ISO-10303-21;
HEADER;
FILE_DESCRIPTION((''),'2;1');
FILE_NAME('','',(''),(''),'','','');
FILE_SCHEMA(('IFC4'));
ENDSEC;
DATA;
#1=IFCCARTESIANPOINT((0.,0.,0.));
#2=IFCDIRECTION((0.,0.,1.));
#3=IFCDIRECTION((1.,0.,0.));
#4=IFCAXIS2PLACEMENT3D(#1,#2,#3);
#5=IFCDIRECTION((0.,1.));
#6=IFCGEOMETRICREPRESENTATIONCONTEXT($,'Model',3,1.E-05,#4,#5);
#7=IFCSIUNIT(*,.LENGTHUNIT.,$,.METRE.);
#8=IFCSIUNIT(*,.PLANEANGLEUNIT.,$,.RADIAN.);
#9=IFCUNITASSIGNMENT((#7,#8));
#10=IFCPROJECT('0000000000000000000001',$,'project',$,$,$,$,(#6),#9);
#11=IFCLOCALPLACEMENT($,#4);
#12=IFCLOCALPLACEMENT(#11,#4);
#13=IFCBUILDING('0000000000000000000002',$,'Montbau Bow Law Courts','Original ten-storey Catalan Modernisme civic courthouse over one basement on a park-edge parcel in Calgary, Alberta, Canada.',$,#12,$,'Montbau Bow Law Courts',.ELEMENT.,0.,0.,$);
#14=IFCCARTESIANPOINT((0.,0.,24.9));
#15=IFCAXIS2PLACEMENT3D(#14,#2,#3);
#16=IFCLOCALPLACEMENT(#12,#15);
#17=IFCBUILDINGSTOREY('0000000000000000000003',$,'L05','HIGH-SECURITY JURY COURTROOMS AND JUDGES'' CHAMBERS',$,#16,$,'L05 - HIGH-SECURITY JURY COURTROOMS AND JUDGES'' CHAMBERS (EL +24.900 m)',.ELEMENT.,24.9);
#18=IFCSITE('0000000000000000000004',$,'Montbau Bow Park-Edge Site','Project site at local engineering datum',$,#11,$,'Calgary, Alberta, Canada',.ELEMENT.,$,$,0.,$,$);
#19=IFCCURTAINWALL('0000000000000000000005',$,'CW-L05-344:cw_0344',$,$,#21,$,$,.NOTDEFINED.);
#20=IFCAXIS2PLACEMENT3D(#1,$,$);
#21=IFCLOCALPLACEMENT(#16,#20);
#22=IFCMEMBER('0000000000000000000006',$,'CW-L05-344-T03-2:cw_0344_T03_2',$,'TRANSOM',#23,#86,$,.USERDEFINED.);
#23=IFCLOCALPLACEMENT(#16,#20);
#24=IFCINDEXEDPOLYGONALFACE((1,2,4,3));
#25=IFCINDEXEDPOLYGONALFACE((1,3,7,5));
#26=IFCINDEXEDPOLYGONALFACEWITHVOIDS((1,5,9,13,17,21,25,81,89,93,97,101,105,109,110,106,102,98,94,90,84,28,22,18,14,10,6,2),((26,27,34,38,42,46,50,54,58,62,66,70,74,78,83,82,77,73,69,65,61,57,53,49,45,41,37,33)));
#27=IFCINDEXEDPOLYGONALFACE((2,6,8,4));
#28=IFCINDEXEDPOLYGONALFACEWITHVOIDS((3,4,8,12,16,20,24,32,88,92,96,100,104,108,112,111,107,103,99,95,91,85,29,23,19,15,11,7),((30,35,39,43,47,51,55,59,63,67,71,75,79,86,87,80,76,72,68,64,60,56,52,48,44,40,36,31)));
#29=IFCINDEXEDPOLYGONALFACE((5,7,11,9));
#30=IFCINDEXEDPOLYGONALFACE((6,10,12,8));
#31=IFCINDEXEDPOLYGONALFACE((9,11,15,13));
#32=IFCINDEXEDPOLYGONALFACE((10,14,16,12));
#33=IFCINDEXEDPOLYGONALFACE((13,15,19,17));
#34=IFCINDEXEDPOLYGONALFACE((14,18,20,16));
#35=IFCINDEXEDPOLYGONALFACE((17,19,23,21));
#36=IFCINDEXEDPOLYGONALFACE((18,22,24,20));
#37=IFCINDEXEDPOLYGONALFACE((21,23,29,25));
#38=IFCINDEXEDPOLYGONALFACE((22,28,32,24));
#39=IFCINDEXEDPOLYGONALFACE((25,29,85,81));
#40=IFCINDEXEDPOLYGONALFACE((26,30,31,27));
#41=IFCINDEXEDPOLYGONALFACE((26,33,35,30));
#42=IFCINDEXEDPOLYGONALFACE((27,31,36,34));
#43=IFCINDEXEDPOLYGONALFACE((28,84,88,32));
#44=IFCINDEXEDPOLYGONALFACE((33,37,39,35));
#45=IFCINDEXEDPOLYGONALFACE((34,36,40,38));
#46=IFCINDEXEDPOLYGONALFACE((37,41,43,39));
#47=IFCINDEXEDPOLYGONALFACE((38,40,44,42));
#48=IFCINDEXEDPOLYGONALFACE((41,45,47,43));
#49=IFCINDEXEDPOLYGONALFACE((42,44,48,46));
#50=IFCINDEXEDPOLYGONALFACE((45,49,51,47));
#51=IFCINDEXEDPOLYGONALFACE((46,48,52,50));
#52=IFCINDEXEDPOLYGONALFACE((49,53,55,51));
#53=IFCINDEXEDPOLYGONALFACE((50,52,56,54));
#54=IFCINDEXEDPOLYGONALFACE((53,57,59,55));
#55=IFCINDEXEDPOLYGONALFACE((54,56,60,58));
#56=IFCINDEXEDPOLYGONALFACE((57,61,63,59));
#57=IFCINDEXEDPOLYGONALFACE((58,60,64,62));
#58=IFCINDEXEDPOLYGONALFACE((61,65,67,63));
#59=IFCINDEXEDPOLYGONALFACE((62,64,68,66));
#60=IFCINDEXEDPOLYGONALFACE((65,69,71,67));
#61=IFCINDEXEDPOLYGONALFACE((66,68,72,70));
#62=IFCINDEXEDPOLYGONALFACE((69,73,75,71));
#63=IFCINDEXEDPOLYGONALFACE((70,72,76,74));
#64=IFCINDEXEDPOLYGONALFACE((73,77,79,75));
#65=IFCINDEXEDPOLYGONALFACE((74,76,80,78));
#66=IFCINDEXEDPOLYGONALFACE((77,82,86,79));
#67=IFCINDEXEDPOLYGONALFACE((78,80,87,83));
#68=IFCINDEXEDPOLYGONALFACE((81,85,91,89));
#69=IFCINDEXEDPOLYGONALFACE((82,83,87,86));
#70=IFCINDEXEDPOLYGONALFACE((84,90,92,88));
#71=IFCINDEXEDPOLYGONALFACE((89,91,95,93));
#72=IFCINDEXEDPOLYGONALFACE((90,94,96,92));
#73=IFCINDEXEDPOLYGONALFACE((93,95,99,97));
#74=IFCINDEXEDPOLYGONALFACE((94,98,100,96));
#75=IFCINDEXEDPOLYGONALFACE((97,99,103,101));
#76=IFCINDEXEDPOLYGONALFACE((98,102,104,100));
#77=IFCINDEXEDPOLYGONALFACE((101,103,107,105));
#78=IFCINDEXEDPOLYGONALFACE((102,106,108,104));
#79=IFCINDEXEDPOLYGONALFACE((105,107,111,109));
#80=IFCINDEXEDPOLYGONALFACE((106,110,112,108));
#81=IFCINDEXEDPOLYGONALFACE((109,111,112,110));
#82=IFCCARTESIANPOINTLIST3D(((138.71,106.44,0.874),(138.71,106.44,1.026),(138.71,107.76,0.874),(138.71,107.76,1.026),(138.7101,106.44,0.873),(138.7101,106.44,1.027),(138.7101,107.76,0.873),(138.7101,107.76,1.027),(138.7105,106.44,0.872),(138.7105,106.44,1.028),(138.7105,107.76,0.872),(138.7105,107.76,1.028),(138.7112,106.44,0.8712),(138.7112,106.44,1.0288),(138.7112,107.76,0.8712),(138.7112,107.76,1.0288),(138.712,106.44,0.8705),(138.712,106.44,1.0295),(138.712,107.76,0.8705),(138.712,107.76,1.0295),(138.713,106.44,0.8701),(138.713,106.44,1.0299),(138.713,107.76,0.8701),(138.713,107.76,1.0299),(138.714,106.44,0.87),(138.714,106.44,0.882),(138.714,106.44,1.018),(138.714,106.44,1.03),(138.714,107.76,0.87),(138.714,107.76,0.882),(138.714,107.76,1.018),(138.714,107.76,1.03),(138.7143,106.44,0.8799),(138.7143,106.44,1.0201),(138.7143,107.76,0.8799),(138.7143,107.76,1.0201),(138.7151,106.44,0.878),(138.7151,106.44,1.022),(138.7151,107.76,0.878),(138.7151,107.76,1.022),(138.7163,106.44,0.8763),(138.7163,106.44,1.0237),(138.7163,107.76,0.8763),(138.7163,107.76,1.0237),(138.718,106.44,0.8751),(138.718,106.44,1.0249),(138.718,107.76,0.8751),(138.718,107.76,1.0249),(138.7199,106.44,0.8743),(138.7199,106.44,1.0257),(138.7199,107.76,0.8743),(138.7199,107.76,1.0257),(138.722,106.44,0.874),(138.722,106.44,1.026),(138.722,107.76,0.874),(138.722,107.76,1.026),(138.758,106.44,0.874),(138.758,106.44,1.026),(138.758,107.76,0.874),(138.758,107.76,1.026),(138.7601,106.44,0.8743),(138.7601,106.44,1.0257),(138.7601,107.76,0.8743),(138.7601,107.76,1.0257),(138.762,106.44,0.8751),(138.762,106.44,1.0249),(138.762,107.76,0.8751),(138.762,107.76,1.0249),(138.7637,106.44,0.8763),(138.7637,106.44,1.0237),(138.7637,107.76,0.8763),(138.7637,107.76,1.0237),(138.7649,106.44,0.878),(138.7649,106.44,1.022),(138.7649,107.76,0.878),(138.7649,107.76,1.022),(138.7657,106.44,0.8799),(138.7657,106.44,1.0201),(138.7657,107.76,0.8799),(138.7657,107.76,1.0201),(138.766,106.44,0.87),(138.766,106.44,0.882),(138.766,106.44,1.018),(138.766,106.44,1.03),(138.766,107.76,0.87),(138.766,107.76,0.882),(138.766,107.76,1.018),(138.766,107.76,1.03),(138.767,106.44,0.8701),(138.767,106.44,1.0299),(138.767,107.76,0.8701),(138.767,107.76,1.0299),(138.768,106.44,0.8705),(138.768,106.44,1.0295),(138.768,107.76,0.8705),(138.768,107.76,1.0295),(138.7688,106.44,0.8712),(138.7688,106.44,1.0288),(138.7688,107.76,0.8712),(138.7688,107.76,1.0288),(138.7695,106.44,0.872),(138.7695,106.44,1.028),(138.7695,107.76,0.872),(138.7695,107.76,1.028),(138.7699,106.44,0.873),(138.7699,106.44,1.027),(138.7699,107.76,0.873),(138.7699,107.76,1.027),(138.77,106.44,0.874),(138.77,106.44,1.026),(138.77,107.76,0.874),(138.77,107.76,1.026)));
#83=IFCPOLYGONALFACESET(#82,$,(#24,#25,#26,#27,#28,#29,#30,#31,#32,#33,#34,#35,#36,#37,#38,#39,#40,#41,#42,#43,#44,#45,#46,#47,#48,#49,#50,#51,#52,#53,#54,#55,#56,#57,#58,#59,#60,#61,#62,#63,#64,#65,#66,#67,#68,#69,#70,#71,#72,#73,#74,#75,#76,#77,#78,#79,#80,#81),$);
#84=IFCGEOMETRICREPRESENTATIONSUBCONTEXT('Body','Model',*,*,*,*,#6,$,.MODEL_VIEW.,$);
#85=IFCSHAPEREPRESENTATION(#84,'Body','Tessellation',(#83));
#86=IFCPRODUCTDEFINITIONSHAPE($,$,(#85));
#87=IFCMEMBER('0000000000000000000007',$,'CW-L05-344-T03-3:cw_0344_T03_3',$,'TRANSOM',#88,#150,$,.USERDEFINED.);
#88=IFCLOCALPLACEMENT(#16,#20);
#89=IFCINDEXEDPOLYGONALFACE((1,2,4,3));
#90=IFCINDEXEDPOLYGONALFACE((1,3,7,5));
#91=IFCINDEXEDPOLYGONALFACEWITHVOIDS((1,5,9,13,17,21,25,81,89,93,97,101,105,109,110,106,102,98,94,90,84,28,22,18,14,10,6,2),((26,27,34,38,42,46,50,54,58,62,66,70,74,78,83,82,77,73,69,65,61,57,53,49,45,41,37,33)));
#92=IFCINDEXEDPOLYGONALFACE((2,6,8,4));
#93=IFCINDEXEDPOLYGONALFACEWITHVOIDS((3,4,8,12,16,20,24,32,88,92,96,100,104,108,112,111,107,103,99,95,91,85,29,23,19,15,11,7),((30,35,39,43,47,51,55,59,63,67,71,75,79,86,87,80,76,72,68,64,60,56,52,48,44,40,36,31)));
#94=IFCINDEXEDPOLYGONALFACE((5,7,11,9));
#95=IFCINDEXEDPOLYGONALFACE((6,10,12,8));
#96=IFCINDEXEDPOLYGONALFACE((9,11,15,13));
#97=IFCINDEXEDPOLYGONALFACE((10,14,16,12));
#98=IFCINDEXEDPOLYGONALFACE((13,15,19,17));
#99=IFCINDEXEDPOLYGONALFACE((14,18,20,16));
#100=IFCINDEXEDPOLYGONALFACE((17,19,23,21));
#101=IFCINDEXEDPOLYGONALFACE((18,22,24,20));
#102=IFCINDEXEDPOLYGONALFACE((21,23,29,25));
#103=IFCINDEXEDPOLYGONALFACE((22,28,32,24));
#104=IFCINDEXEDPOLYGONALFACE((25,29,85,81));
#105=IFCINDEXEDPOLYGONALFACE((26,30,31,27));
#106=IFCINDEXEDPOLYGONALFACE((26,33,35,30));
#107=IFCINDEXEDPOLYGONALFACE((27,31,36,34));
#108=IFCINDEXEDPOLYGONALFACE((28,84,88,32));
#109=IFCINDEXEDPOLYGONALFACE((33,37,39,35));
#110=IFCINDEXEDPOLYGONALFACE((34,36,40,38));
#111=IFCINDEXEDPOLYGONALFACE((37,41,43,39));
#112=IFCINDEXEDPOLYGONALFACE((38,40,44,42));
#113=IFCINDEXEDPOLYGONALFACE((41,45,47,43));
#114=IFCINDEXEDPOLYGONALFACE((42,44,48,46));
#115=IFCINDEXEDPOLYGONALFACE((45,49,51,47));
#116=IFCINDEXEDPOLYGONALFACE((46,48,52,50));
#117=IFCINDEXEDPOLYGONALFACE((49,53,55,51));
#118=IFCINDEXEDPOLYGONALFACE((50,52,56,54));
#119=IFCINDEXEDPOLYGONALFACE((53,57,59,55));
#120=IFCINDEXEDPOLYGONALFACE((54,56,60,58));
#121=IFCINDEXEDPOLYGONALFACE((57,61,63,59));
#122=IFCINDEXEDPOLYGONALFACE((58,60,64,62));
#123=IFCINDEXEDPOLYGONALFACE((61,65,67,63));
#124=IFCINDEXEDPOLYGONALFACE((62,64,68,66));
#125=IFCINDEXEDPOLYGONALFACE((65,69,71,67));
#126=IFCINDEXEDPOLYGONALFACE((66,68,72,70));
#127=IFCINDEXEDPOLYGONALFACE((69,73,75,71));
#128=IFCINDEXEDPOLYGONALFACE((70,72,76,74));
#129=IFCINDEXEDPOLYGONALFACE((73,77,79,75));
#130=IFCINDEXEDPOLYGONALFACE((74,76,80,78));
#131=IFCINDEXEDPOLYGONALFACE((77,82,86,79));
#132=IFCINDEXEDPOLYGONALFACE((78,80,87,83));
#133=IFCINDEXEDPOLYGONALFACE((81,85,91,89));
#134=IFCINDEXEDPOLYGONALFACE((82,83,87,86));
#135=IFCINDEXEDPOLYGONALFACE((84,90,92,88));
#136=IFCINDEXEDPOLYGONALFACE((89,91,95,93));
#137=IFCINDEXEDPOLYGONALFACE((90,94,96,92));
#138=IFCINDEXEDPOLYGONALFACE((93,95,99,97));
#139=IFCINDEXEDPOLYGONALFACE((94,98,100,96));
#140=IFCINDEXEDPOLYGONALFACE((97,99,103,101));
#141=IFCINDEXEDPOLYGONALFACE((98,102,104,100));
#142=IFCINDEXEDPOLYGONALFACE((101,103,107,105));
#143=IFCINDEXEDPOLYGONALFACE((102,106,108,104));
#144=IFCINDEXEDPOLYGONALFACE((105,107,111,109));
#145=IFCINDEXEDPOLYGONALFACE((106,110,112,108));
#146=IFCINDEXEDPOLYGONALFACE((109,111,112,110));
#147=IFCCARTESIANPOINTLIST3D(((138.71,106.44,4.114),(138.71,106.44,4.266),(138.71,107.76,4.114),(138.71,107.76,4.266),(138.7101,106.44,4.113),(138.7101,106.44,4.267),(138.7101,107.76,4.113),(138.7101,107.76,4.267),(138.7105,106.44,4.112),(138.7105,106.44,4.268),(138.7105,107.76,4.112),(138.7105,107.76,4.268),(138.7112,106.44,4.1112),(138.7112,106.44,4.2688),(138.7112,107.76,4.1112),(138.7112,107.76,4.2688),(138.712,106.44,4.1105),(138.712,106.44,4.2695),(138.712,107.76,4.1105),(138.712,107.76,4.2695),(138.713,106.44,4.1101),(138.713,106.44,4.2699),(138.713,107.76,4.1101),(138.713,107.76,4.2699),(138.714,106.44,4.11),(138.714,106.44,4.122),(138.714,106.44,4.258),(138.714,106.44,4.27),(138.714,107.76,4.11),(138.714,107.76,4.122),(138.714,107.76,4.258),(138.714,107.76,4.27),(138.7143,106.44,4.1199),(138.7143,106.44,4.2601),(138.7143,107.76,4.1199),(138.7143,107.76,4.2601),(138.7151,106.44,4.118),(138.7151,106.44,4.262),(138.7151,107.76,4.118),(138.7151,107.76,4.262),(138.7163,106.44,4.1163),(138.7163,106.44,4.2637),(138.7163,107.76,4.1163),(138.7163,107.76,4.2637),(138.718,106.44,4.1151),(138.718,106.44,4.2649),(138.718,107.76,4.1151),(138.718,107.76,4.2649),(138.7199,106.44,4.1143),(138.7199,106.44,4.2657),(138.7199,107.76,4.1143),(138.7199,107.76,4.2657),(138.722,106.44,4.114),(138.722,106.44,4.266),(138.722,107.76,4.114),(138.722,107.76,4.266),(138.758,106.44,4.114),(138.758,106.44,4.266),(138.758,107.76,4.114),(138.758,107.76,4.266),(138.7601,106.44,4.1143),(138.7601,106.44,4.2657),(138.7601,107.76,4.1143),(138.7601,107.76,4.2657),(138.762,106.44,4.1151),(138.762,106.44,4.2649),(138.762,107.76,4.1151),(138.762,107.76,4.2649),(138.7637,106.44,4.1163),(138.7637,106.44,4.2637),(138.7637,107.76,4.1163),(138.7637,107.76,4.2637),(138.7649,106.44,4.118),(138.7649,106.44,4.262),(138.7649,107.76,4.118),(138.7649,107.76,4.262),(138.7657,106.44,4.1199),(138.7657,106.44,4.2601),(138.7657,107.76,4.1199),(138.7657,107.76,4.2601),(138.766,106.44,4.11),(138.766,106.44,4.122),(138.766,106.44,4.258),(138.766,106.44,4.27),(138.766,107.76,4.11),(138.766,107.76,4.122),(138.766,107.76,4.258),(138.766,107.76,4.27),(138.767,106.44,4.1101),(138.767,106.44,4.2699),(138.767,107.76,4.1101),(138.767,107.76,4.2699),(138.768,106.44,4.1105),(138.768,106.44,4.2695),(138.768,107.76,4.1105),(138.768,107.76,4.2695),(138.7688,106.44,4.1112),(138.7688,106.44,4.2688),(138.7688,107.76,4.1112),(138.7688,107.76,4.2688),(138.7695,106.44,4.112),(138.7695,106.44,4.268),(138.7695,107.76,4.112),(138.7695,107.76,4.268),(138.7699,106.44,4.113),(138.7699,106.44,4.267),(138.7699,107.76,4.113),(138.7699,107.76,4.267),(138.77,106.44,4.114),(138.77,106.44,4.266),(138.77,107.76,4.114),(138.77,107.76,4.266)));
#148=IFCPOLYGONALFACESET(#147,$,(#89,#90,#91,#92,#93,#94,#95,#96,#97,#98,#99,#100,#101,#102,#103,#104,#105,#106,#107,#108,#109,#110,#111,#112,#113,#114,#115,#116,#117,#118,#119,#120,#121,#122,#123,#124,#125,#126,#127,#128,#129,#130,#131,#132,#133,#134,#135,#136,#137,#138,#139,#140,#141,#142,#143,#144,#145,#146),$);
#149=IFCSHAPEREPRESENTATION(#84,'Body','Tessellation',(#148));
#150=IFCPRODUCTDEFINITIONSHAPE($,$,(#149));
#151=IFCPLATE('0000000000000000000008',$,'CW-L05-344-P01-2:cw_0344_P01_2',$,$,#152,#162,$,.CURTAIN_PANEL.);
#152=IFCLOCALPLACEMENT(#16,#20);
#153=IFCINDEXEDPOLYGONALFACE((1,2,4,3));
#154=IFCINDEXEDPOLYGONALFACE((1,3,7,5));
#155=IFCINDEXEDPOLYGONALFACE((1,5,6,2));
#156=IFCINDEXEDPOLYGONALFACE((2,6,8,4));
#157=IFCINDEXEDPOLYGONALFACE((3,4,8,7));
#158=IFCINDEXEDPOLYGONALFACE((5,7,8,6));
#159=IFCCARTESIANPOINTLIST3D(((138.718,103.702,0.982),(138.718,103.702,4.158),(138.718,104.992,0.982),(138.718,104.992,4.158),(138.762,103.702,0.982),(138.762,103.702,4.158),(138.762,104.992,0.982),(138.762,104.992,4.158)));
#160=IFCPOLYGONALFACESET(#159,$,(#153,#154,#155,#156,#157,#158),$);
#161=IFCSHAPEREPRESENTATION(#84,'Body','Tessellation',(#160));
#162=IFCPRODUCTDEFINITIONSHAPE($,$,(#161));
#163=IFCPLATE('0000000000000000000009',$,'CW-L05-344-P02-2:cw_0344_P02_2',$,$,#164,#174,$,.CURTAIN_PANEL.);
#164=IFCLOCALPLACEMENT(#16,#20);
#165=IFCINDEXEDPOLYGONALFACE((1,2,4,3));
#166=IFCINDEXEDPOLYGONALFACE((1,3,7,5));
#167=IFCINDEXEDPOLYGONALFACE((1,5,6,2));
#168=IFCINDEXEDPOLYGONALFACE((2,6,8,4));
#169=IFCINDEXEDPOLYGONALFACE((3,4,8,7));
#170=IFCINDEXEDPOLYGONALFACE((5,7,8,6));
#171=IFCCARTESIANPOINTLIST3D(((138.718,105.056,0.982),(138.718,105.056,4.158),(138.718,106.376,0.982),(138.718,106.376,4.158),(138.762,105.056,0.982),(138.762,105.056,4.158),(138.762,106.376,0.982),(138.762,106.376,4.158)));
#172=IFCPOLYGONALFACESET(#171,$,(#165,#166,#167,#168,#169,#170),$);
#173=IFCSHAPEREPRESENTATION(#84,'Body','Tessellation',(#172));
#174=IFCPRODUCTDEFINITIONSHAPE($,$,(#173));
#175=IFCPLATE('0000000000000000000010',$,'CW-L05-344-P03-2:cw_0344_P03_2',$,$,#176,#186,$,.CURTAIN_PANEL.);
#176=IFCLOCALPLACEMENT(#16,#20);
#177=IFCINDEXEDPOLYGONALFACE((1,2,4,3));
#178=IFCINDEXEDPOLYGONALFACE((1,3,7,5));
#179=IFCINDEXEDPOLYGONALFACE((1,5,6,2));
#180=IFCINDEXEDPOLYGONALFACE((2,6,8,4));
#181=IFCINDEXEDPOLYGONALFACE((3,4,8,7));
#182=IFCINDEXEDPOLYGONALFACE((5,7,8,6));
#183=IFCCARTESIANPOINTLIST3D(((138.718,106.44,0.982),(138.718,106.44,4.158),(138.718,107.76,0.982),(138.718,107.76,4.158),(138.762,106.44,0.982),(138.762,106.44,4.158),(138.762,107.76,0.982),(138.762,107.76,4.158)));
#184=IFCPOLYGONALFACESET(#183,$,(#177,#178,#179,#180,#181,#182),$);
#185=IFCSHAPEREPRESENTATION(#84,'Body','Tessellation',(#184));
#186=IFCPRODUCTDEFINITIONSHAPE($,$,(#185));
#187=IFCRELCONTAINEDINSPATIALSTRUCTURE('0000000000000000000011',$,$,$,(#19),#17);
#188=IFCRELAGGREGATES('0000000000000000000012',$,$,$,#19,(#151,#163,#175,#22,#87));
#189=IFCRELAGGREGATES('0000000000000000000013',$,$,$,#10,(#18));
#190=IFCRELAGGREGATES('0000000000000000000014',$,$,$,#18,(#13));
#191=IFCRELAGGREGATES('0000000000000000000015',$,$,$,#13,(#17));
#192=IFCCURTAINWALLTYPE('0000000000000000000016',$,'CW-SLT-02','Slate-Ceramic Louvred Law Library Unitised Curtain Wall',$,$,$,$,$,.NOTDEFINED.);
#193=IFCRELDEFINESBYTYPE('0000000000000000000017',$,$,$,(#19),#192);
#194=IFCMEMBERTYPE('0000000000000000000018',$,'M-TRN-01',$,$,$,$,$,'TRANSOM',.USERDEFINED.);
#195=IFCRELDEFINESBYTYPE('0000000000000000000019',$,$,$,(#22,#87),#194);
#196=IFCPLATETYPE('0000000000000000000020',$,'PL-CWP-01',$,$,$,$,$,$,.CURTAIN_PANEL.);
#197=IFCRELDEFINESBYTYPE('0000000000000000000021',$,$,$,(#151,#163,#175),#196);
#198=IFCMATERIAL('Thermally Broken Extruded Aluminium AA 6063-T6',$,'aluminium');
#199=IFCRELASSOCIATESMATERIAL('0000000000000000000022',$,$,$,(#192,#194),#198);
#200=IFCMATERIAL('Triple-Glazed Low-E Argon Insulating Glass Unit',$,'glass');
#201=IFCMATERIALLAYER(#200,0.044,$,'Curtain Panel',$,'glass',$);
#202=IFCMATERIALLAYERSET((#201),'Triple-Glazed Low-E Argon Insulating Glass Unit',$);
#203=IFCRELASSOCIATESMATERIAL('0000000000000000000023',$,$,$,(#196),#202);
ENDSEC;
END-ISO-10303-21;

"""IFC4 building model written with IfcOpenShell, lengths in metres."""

from ifc_helpers import new_model, si_unit, direction, frame, frame_2d, origin_with_axes, origin_2d_with_axis, place, context, subcontext, project, spatial, rectangle, hollow_rectangle, extrude, material, layer, layer_set, material_profile, profile_set, type_object, element, aggregate, save


model = new_model("IFC4")

# Units and contexts
model_context = context("Model", 3, precision=1e-05, world=origin_with_axes(), true_north=direction((0.0, 1.0)))
body_context = subcontext(model_context, "Body", "Model", "MODEL_VIEW")
ifc_project = project(units=[si_unit("LENGTHUNIT", "METRE"), si_unit("PLANEANGLEUNIT", "RADIAN")], contexts=[model_context])

# Site, building, storey
site_placement = place(None, origin_with_axes())
site = spatial("IfcSite", under=ifc_project, at=site_placement, Name="Montbau Bow Park-Edge Site", Description="Project site at local engineering datum", LongName="Calgary, Alberta, Canada", CompositionType="ELEMENT", RefElevation=0.0)
building_placement = place(site_placement, origin_with_axes())
building = spatial("IfcBuilding", under=site, at=building_placement, Name="Montbau Bow Law Courts", Description="Original ten-storey Catalan Modernisme civic courthouse over one basement on a park-edge parcel in Calgary, Alberta, Canada.", LongName="Montbau Bow Law Courts", CompositionType="ELEMENT", ElevationOfRefHeight=0.0, ElevationOfTerrain=0.0)
storey_placement = place(building_placement, frame((0.0, 0.0, 24.9), z_axis=(0.0, 0.0, 1.0), x_axis=(1.0, 0.0, 0.0)))
storey = spatial("IfcBuildingStorey", under=building, at=storey_placement, Name="L05", Description="HIGH-SECURITY JURY COURTROOMS AND JUDGES' CHAMBERS", LongName="L05 - HIGH-SECURITY JURY COURTROOMS AND JUDGES' CHAMBERS (EL +24.900 m)", CompositionType="ELEMENT", Elevation=24.9)

# Curtain wall, members, plates
ifc_material_1 = material(Name="Thermally Broken Extruded Aluminium AA 6063-T6", Category="aluminium")
curtain_wall_type = type_object("IfcCurtainWallType", Name="CW-SLT-02", Description="Slate-Ceramic Louvred Law Library Unitised Curtain Wall", PredefinedType="NOTDEFINED", material=ifc_material_1)
curtain_wall_placement = place(None, frame((138.74, 103.64, 24.9), z_axis=(0.0, 0.0, 1.0), x_axis=(1.0, 0.0, 0.0)))
curtain_wall = element("IfcCurtainWall", 1, at=curtain_wall_placement, inside=storey, type_object=curtain_wall_type, Name="CW-L05-344:cw_0344", PredefinedType="NOTDEFINED")
ifc_material_profile_1 = material_profile(ifc_material_1, hollow_rectangle(XDim=0.06, YDim=0.16, WallThickness=0.004, InnerFilletRadius=0.008, OuterFilletRadius=0.004, at=origin_2d_with_axis()), Name="CWT-160X60", Category="Main", Priority=0)
ifc_profile_set_1 = profile_set([ifc_material_profile_1], Name="Thermally Broken Extruded Aluminium AA 6063-T6")
member_type_1 = type_object("IfcMemberType", Name="M-TRN-01", ElementType="TRANSOM", PredefinedType="USERDEFINED", material=ifc_profile_set_1)
member_1_placement = place(None, frame((138.74, 106.44, 25.85), z_axis=(0.0, 1.0, 0.0), x_axis=(-1.0, 0.0, 0.0)))
member_1 = element("IfcMember", 2, at=member_1_placement, type_object=member_type_1, Name="CW-L05-344-T03-2:cw_0344_T03_2", ObjectType="TRANSOM", PredefinedType="USERDEFINED", context=body_context, shape_type="SweptSolid", body=[
    extrude(hollow_rectangle(XDim=0.06, YDim=0.16, WallThickness=0.004, InnerFilletRadius=0.008, OuterFilletRadius=0.004, at=origin_2d_with_axis()), origin_with_axes(), (0.0, 0.0, 1.0), 1.32),
])
member_2_placement = place(None, frame((138.74, 106.44, 29.09), z_axis=(0.0, 1.0, 0.0), x_axis=(-1.0, 0.0, 0.0)))
member_2 = element("IfcMember", 3, at=member_2_placement, type_object=member_type_1, Name="CW-L05-344-T03-3:cw_0344_T03_3", ObjectType="TRANSOM", PredefinedType="USERDEFINED", context=body_context, shape_type="SweptSolid", body=[
    extrude(hollow_rectangle(XDim=0.06, YDim=0.16, WallThickness=0.004, InnerFilletRadius=0.008, OuterFilletRadius=0.004, at=origin_2d_with_axis()), origin_with_axes(), (0.0, 0.0, 1.0), 1.32),
])
ifc_material_2 = material(Name="Triple-Glazed Low-E Argon Insulating Glass Unit", Category="glass")
ifc_layer_1 = layer(ifc_material_2, 0.044, Name="Curtain Panel", Category="glass")
ifc_layer_set_1 = layer_set([ifc_layer_1], Name="Triple-Glazed Low-E Argon Insulating Glass Unit")
plate_type_1 = type_object("IfcPlateType", Name="PL-CWP-01", PredefinedType="CURTAIN_PANEL", material=ifc_layer_set_1)
plate_1_placement = place(None, frame((138.74, 103.702, 25.882), z_axis=(1.0, 0.0, 0.0), x_axis=(0.0, 1.0, 0.0)))
plate_1 = element("IfcPlate", 4, at=plate_1_placement, type_object=plate_type_1, Name="CW-L05-344-P01-2:cw_0344_P01_2", PredefinedType="CURTAIN_PANEL", context=body_context, shape_type="SweptSolid", body=[
    extrude(rectangle(XDim=1.29, YDim=3.176, at=frame_2d((0.645, 1.588), x_axis=(1.0, 0.0))), frame((0.0, 0.0, -0.022), z_axis=(0.0, 0.0, 1.0), x_axis=(1.0, 0.0, 0.0)), (0.0, 0.0, 1.0), 0.044),
])
plate_2_placement = place(None, frame((138.74, 105.056, 25.882), z_axis=(1.0, 0.0, 0.0), x_axis=(0.0, 1.0, 0.0)))
plate_2 = element("IfcPlate", 5, at=plate_2_placement, type_object=plate_type_1, Name="CW-L05-344-P02-2:cw_0344_P02_2", PredefinedType="CURTAIN_PANEL", context=body_context, shape_type="SweptSolid", body=[
    extrude(rectangle(XDim=1.32, YDim=3.176, at=frame_2d((0.66, 1.588), x_axis=(1.0, 0.0))), frame((0.0, 0.0, -0.022), z_axis=(0.0, 0.0, 1.0), x_axis=(1.0, 0.0, 0.0)), (0.0, 0.0, 1.0), 0.044),
])
plate_3_placement = place(None, frame((138.74, 106.44, 25.882), z_axis=(1.0, 0.0, 0.0), x_axis=(0.0, 1.0, 0.0)))
plate_3 = element("IfcPlate", 6, at=plate_3_placement, type_object=plate_type_1, Name="CW-L05-344-P03-2:cw_0344_P03_2", PredefinedType="CURTAIN_PANEL", context=body_context, shape_type="SweptSolid", body=[
    extrude(rectangle(XDim=1.32, YDim=3.176, at=frame_2d((0.66, 1.588), x_axis=(1.0, 0.0))), frame((0.0, 0.0, -0.022), z_axis=(0.0, 0.0, 1.0), x_axis=(1.0, 0.0, 0.0)), (0.0, 0.0, 1.0), 0.044),
])
aggregate(curtain_wall, [plate_1, plate_2, plate_3, member_1, member_2])

save(model, "model.ifc")
